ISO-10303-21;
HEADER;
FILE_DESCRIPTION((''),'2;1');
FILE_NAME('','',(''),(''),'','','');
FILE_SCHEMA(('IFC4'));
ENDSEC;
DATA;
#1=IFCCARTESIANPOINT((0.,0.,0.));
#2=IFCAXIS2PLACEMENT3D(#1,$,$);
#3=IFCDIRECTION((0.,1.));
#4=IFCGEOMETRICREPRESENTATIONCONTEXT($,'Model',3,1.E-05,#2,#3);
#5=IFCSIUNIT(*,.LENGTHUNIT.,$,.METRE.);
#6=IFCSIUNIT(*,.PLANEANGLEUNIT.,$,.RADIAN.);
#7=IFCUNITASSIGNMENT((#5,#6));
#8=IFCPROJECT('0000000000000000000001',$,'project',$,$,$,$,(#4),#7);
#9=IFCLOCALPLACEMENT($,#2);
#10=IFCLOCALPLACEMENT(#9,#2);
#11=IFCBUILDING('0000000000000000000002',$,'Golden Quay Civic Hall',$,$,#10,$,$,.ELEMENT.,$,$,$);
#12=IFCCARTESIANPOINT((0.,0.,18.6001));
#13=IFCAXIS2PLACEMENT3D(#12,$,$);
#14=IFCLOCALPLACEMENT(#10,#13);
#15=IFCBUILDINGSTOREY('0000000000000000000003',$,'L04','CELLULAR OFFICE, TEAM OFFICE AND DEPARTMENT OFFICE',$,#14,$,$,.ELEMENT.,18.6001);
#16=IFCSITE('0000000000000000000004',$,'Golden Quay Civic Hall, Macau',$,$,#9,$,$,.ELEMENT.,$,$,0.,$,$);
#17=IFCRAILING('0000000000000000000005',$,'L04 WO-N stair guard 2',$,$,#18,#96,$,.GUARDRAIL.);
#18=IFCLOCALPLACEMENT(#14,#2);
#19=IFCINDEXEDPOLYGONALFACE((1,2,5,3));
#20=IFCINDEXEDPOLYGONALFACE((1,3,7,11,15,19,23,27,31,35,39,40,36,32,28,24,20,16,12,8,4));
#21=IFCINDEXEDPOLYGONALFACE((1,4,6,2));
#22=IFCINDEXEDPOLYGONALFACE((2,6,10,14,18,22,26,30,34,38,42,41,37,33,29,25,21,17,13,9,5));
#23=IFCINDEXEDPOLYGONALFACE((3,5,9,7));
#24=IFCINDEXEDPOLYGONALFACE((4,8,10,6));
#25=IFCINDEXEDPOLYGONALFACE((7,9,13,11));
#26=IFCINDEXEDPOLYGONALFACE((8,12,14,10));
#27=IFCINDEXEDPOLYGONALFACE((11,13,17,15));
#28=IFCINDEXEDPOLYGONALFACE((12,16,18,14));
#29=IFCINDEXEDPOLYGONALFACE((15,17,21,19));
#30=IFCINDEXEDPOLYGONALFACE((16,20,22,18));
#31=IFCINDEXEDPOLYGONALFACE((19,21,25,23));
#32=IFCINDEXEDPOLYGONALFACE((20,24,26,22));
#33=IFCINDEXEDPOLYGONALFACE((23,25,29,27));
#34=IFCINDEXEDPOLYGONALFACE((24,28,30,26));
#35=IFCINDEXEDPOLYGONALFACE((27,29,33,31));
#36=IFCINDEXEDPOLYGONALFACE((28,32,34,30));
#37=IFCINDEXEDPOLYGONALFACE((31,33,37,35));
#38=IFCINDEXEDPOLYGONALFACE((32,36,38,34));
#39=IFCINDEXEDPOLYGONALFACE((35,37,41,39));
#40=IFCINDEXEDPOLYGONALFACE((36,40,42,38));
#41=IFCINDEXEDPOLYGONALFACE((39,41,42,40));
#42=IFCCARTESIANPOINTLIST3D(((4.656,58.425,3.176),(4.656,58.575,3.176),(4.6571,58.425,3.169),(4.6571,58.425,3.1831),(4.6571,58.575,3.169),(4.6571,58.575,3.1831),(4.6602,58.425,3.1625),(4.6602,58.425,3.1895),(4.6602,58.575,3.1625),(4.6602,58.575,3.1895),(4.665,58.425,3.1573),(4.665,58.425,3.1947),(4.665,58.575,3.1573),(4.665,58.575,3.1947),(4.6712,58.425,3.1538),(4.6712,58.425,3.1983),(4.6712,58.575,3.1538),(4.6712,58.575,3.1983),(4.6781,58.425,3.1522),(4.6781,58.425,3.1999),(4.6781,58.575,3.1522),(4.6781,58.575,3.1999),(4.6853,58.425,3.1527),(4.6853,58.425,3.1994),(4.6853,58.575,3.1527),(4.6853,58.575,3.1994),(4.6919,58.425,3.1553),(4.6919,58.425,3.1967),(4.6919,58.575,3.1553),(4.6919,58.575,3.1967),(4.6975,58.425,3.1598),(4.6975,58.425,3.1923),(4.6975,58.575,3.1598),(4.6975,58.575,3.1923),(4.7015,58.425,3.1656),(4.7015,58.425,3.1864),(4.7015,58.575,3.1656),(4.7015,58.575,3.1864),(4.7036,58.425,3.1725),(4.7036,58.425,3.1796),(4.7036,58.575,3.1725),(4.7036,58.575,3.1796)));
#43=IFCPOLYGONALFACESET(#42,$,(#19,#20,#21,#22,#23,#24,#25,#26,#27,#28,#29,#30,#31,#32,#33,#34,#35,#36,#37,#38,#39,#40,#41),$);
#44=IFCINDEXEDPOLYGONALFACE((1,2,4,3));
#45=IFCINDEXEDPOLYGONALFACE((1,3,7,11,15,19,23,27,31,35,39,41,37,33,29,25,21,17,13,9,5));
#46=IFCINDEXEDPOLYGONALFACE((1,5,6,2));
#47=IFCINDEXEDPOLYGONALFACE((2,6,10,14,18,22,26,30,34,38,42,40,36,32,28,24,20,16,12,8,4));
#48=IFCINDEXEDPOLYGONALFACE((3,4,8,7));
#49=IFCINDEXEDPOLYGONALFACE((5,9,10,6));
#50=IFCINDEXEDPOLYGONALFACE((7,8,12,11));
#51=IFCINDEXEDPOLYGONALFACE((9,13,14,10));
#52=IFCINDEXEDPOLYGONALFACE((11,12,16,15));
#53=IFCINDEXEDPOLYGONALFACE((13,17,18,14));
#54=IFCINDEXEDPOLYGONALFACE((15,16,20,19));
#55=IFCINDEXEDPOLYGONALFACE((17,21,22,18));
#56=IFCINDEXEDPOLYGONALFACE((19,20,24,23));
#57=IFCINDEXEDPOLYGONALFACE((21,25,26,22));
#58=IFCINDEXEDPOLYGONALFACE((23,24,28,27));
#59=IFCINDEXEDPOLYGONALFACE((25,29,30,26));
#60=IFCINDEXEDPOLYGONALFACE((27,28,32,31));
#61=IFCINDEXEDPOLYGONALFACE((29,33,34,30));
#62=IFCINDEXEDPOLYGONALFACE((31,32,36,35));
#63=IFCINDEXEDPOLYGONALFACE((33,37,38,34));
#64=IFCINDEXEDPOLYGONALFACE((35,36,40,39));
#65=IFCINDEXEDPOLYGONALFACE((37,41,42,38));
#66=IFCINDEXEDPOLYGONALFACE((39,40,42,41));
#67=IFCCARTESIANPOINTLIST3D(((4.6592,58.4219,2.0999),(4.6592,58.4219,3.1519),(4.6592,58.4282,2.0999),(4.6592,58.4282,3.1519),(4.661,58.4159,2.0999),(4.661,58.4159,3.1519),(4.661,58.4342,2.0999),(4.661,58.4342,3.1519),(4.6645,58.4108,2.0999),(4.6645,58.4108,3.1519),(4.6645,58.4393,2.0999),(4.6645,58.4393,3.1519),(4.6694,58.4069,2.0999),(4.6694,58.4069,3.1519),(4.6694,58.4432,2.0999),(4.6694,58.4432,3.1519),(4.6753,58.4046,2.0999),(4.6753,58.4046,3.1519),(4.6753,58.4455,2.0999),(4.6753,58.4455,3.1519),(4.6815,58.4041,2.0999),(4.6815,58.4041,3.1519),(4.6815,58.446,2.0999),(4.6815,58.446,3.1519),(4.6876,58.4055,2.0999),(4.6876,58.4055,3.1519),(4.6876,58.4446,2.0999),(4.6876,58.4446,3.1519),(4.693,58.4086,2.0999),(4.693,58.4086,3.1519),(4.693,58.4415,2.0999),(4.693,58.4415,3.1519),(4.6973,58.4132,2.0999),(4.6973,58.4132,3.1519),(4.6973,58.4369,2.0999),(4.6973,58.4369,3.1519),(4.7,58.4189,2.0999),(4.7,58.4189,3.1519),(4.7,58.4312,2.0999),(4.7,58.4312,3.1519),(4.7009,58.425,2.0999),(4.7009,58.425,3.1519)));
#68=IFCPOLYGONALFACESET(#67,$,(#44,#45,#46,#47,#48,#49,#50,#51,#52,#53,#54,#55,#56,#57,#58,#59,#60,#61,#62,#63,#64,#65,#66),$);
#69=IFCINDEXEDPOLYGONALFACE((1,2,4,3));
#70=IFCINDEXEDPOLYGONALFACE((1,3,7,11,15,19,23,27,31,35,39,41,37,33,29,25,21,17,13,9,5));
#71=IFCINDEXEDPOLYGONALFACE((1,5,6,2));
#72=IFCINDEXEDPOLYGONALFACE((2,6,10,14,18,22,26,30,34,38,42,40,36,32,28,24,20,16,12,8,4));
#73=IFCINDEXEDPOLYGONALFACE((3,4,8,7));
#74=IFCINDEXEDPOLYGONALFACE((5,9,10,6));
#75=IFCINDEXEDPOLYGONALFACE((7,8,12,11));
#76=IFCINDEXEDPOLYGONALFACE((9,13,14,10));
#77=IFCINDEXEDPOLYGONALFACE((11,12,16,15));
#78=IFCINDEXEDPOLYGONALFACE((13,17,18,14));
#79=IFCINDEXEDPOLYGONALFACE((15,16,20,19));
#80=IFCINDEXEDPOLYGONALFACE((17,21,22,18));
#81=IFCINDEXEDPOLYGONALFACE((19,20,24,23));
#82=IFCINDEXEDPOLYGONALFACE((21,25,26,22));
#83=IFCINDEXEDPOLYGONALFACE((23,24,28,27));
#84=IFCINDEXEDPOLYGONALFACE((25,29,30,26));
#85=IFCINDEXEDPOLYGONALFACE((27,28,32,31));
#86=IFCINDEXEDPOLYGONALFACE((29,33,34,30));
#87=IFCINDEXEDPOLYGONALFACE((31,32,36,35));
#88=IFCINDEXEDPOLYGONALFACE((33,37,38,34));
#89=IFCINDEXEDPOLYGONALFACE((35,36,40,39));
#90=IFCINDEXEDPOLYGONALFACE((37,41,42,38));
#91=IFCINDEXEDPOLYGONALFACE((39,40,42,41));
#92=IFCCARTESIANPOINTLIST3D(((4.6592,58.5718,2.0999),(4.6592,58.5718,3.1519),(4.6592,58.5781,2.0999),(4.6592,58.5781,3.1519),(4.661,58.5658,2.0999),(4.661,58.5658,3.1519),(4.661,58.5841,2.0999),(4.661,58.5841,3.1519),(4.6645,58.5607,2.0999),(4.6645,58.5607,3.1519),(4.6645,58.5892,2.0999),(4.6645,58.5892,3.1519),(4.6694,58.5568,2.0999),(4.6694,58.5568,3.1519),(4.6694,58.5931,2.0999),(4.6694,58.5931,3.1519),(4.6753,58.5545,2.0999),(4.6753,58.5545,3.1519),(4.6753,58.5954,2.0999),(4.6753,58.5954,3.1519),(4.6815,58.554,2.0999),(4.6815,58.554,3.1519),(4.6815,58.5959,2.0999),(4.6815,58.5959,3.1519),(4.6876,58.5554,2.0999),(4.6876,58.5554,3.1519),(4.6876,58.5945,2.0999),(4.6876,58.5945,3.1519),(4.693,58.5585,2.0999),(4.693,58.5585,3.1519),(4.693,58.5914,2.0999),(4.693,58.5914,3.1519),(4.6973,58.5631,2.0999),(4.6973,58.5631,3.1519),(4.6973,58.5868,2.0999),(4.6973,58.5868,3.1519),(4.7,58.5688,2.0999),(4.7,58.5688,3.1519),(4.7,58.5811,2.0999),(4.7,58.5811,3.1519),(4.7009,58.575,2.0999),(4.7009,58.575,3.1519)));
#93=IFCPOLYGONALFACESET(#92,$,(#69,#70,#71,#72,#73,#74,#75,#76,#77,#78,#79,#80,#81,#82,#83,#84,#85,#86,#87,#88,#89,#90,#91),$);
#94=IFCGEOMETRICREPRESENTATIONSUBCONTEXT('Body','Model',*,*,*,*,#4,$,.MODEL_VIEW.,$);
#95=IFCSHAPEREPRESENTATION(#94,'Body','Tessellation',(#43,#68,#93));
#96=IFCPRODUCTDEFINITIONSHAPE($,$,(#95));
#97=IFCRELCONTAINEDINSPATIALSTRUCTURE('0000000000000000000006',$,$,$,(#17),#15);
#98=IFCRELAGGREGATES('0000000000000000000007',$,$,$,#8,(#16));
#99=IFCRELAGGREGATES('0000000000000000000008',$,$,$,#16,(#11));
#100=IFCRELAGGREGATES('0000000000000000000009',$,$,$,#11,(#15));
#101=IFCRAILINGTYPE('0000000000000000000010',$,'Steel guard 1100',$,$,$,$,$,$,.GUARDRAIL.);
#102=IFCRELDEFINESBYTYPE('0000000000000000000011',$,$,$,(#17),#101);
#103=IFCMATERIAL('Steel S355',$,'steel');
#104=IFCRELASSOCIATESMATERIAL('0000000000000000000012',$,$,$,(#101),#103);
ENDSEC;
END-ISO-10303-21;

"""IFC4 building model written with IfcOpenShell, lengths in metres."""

from ifc_helpers import new_model, si_unit, direction, frame, origin, origin_2d, place, context, subcontext, project, spatial, circle, extrude, material, type_object, element, save


model = new_model("IFC4")

# Units and contexts
model_context = context("Model", 3, precision=1e-05, world=origin(), true_north=direction((0.0, 1.0)))
body_context = subcontext(model_context, "Body", "Model", "MODEL_VIEW")
ifc_project = project(units=[si_unit("LENGTHUNIT", "METRE"), si_unit("PLANEANGLEUNIT", "RADIAN")], contexts=[model_context])

# Site, building, storey
site_placement = place(None, origin())
site = spatial("IfcSite", under=ifc_project, at=site_placement, Name="Golden Quay Civic Hall, Macau", CompositionType="ELEMENT", RefElevation=0.0)
building_placement = place(site_placement, origin())
building = spatial("IfcBuilding", under=site, at=building_placement, Name="Golden Quay Civic Hall", CompositionType="ELEMENT")
storey_placement = place(building_placement, frame((0.0, 0.0, 18.6001)))
storey = spatial("IfcBuildingStorey", under=building, at=storey_placement, Name="L04", Description="CELLULAR OFFICE, TEAM OFFICE AND DEPARTMENT OFFICE", CompositionType="ELEMENT", Elevation=18.6001)

# Railing
ifc_material_1 = material(Name="Steel S355", Category="steel")
railing_type_1 = type_object("IfcRailingType", Name="Steel guard 1100", PredefinedType="GUARDRAIL", material=ifc_material_1)
railing_1_placement = place(storey_placement, frame((4.6799, 58.425, 2.0999)))
element("IfcRailing", 1, at=railing_1_placement, inside=storey, type_object=railing_type_1, Name="L04 WO-N stair guard 2", PredefinedType="GUARDRAIL", context=body_context, shape_type="SweptSolid", body=[
    extrude(circle(Radius=0.0239, at=origin_2d()), frame((0.0, 0.0, 1.0762), z_axis=(0.0, 1.0, 0.0), x_axis=(-1.0, 0.0, 0.0)), (0.0, 0.0, 1.0), 0.1499),
    extrude(circle(Radius=0.021, at=origin_2d()), origin(), (0.0, 0.0, 1.0), 1.052),
    extrude(circle(Radius=0.021, at=origin_2d()), frame((0.0, 0.1499, 0.0)), (0.0, 0.0, 1.0), 1.052),
])

save(model, "model.ifc")
